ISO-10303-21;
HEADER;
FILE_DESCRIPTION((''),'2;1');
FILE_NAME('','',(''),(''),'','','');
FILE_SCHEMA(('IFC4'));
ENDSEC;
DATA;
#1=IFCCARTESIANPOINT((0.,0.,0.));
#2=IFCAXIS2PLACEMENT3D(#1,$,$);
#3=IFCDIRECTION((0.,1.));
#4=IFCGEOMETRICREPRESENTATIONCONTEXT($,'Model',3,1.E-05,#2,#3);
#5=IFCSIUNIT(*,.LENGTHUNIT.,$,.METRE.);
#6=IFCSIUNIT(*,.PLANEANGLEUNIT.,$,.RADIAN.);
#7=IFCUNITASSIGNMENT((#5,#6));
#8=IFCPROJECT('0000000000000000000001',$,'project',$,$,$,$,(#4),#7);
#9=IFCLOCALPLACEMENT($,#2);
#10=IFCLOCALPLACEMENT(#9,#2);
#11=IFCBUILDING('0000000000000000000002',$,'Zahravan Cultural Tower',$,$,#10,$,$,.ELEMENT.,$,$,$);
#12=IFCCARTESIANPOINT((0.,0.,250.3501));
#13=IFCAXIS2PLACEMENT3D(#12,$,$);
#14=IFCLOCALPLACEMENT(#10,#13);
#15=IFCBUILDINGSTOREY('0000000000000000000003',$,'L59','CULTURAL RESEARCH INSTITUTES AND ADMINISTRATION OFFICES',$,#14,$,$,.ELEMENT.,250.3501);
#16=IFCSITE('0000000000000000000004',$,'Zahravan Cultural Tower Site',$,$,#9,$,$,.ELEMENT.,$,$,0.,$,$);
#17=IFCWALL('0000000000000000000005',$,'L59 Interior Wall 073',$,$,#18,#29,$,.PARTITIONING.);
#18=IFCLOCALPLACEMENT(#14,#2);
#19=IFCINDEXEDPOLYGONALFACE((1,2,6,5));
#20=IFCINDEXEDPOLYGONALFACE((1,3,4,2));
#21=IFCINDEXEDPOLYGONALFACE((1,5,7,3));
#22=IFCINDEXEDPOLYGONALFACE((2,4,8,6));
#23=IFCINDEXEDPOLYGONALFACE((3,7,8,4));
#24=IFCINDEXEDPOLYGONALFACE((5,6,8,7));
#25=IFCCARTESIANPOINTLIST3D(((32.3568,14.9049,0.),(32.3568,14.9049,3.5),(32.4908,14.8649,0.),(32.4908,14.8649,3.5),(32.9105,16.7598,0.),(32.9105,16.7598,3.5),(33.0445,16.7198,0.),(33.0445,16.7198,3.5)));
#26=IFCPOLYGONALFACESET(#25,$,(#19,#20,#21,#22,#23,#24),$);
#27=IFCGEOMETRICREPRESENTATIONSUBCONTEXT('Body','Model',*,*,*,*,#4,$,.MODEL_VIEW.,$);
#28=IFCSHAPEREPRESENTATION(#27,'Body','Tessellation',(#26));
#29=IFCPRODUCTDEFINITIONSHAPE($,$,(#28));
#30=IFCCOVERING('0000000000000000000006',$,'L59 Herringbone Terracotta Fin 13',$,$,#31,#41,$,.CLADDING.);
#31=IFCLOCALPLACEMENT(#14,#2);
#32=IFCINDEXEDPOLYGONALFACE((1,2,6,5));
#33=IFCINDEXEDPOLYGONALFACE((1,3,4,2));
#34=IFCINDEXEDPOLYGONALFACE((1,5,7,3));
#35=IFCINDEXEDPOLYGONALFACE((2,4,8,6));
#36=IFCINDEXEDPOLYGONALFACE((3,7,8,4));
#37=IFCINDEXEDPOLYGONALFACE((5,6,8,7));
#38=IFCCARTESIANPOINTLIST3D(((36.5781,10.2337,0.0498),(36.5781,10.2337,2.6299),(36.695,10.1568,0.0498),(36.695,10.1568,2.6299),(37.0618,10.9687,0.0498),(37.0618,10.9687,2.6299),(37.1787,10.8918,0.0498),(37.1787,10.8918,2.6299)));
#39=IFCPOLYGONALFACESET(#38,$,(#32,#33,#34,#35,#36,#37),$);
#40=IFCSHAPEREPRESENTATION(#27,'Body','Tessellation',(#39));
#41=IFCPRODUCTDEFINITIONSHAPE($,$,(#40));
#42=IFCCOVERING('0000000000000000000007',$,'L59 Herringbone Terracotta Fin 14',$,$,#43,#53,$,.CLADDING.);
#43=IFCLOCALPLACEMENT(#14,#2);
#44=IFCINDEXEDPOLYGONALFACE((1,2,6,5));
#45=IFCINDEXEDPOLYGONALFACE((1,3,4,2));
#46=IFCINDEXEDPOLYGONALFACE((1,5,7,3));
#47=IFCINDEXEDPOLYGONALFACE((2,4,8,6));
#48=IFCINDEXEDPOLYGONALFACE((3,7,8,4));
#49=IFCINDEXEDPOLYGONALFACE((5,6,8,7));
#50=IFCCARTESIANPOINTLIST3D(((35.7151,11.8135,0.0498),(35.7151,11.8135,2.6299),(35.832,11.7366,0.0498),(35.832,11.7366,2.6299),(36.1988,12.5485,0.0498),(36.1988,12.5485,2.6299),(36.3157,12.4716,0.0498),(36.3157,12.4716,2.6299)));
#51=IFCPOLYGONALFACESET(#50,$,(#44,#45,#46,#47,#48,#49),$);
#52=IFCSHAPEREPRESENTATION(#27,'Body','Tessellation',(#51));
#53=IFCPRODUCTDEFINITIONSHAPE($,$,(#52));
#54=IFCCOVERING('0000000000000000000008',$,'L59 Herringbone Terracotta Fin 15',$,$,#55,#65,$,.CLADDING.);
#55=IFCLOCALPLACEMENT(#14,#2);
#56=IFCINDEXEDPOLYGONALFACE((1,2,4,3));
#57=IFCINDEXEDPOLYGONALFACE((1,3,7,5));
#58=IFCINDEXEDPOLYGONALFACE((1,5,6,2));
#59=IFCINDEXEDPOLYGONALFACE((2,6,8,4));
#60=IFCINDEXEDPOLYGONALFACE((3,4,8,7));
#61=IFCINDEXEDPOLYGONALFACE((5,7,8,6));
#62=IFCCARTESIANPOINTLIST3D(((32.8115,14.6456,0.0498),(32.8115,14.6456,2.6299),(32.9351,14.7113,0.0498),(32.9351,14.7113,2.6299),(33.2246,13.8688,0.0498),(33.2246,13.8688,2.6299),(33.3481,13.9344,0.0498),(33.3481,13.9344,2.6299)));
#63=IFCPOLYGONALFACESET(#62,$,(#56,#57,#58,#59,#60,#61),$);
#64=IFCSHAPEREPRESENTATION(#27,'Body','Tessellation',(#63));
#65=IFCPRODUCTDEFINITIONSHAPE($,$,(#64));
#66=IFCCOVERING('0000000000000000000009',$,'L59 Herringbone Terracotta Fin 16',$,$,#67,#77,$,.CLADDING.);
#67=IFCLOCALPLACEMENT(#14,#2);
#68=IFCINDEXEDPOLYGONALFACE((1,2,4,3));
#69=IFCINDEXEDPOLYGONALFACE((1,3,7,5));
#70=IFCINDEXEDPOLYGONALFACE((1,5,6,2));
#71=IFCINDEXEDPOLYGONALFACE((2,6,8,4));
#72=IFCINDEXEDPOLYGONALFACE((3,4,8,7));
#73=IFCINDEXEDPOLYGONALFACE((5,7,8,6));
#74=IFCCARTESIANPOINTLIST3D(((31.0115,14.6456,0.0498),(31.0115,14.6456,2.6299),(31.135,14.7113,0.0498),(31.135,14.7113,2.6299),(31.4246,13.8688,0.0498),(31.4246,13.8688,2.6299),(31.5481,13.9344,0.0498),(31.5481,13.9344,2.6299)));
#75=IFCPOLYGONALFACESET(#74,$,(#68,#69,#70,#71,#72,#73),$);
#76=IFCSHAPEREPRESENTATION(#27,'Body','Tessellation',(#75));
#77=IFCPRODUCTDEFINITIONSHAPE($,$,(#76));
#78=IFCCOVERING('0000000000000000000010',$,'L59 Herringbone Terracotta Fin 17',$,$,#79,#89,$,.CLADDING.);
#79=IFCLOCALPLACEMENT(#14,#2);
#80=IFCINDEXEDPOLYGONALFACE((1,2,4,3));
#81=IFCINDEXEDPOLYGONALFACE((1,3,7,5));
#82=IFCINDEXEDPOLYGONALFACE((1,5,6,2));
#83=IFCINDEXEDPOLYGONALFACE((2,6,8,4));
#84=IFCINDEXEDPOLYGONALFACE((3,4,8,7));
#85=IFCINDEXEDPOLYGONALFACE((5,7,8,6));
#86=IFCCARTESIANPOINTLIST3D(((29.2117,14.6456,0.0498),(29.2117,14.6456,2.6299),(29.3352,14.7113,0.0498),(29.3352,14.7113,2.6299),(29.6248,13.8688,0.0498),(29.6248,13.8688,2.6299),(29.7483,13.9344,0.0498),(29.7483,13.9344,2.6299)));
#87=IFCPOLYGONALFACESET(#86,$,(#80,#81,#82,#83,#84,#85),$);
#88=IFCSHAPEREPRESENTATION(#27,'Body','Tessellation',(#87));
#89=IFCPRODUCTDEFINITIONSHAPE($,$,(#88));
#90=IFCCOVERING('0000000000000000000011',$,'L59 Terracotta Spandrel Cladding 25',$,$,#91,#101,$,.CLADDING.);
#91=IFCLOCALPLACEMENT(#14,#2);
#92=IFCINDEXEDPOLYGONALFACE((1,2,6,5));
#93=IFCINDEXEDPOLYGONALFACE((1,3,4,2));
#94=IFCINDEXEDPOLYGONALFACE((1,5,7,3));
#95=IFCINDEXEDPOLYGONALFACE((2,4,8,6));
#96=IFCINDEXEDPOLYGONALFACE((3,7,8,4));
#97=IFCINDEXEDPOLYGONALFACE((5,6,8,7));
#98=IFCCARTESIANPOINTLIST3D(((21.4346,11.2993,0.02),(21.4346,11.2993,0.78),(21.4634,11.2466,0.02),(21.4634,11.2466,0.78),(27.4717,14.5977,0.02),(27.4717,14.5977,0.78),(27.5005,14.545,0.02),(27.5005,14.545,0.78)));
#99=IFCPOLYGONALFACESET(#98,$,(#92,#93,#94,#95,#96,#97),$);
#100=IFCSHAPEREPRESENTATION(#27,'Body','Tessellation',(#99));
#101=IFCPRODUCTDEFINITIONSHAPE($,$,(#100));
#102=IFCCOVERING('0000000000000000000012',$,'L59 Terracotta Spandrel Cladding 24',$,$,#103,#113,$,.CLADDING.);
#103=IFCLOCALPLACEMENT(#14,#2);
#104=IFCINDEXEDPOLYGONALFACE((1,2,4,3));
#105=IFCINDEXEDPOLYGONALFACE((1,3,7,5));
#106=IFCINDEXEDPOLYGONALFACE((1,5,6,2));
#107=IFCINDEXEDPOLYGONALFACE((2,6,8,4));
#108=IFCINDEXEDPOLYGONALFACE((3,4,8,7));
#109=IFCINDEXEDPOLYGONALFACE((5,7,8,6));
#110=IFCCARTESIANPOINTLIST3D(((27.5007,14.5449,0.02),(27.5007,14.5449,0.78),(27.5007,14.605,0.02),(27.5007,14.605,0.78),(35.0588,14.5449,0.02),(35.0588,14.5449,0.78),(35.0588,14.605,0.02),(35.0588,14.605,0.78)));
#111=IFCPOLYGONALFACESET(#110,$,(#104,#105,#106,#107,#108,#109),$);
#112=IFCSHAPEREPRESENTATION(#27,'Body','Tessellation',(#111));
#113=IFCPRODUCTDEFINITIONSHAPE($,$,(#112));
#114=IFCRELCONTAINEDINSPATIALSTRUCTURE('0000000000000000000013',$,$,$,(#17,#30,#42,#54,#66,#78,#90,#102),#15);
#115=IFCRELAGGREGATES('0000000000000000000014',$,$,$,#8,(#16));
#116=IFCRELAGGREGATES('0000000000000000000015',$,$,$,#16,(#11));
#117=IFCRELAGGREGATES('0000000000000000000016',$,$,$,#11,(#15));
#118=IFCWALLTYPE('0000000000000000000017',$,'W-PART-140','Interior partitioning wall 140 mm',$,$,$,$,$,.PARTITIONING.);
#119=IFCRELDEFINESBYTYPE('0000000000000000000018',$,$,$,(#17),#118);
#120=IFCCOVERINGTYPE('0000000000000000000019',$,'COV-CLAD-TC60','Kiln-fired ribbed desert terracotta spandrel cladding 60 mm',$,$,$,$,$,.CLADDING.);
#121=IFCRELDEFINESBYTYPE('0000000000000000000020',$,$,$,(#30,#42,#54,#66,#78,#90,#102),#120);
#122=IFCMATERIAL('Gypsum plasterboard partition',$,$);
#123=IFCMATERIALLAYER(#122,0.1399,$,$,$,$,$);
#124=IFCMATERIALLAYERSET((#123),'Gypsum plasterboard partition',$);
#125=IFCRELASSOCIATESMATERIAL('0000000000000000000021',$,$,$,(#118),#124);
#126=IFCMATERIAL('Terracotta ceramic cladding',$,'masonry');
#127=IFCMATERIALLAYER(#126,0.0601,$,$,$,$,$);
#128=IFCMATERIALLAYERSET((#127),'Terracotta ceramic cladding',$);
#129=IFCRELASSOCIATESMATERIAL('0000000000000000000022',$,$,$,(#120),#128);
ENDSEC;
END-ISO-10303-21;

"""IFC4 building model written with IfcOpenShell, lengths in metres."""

from ifc_helpers import new_model, si_unit, direction, frame, frame_2d, origin, origin_2d, place, context, subcontext, project, spatial, rectangle, extrude, source, transform, mapped, material, layer, layer_set, type_object, element, save


model = new_model("IFC4")

# Units and contexts
model_context = context("Model", 3, precision=1e-05, world=origin(), true_north=direction((0.0, 1.0)))
body_context = subcontext(model_context, "Body", "Model", "MODEL_VIEW")
ifc_project = project(units=[si_unit("LENGTHUNIT", "METRE"), si_unit("PLANEANGLEUNIT", "RADIAN")], contexts=[model_context])

# Site, building, storey
site_placement = place(None, origin())
site = spatial("IfcSite", under=ifc_project, at=site_placement, Name="Zahravan Cultural Tower Site", CompositionType="ELEMENT", RefElevation=0.0)
building_placement = place(site_placement, origin())
building = spatial("IfcBuilding", under=site, at=building_placement, Name="Zahravan Cultural Tower", CompositionType="ELEMENT")
storey_placement = place(building_placement, frame((0.0, 0.0, 250.3501)))
storey = spatial("IfcBuildingStorey", under=building, at=storey_placement, Name="L59", Description="CULTURAL RESEARCH INSTITUTES AND ADMINISTRATION OFFICES", CompositionType="ELEMENT", Elevation=250.3501)

# Shared definitions
ifc_material_1 = material(Name="Gypsum plasterboard partition")
ifc_layer_1 = layer(ifc_material_1, 0.1399)
ifc_layer_set_1 = layer_set([ifc_layer_1], Name="Gypsum plasterboard partition")
wall_type_1 = type_object("IfcWallType", Name="W-PART-140", Description="Interior partitioning wall 140 mm", PredefinedType="PARTITIONING", material=ifc_layer_set_1)

# Wall
shared_shape_1 = source(origin(), body_context, "Body", "SweptSolid", [
    extrude(rectangle(XDim=1.9358, YDim=0.1399, at=frame_2d((0.9678, 0.0))), origin(), (0.0, 0.0, 1.0), 3.5),
])
wall_1_placement = place(storey_placement, frame((32.4238, 14.885, 0.0), z_axis=(0.0, 0.0, 1.0), x_axis=(0.286029, 0.958221, 0.0)))
element("IfcWall", 1, at=wall_1_placement, inside=storey, type_object=wall_type_1, Name="L59 Interior Wall 073", PredefinedType="PARTITIONING", context=body_context, shape_type="MappedRepresentation", body=[
    mapped(shared_shape_1, transform((0.0, 0.0, 0.0), x_axis=(1.0, 0.0, 0.0), y_axis=(0.0, 1.0, 0.0), z_axis=(0.0, 0.0, 1.0), scale=1.0)),
])

# Coverings
ifc_material_2 = material(Name="Terracotta ceramic cladding", Category="masonry")
ifc_layer_2 = layer(ifc_material_2, 0.0601)
ifc_layer_set_2 = layer_set([ifc_layer_2], Name="Terracotta ceramic cladding")
covering_type = type_object("IfcCoveringType", Name="COV-CLAD-TC60", Description="Kiln-fired ribbed desert terracotta spandrel cladding 60 mm", PredefinedType="CLADDING", material=ifc_layer_set_2)
shared_shape_2 = source(origin(), body_context, "Body", "SweptSolid", [
    extrude(rectangle(XDim=0.8799, YDim=0.1399, at=origin_2d()), origin(), (0.0, 0.0, 1.0), 2.5801),
])
for number, where, z_axis, x_axis, name in (
    (2, (36.8784, 10.5627, 0.0498), (0.0, 0.0, 1.0), (-0.549752, -0.835328, 0.0), "L59 Herringbone Terracotta Fin 13"),
    (3, (36.0154, 12.1426, 0.0498), (0.0, 0.0, 1.0), (-0.549752, -0.835328, 0.0), "L59 Herringbone Terracotta Fin 14"),
    (4, (33.0798, 14.29, 0.0498), (0.0, 0.0, 1.0), (0.469472, -0.882948, 0.0), "L59 Herringbone Terracotta Fin 15"),
    (5, (31.2798, 14.29, 0.0498), (0.0, 0.0, 1.0), (0.469472, -0.882948, 0.0), "L59 Herringbone Terracotta Fin 16"),
    (6, (29.48, 14.29, 0.0498), (0.0, 0.0, 1.0), (0.469472, -0.882948, 0.0), "L59 Herringbone Terracotta Fin 17"),
):
    element("IfcCovering", number, at=place(storey_placement, frame(where, z_axis=z_axis, x_axis=x_axis)), inside=storey, type_object=covering_type, Name=name, PredefinedType="CLADDING", context=body_context, shape_type="MappedRepresentation", body=[
        mapped(shared_shape_2, transform((0.0, 0.0, 0.0), x_axis=(1.0, 0.0, 0.0), y_axis=(0.0, 1.0, 0.0), z_axis=(0.0, 0.0, 1.0), scale=1.0)),
    ])
shared_shape_3 = source(origin(), body_context, "Body", "SweptSolid", [
    extrude(rectangle(XDim=6.8794, YDim=0.0601, at=origin_2d()), origin(), (0.0, 0.0, 1.0), 0.76),
])
covering_1_placement = place(storey_placement, frame((24.4675, 12.9221, 0.02), z_axis=(0.0, 0.0, 1.0), x_axis=(-0.877565, -0.479458, 0.0)))
element("IfcCovering", 7, at=covering_1_placement, inside=storey, type_object=covering_type, Name="L59 Terracotta Spandrel Cladding 25", PredefinedType="CLADDING", context=body_context, shape_type="MappedRepresentation", body=[
    mapped(shared_shape_3, transform((0.0, 0.0, 0.0), x_axis=(1.0, 0.0, 0.0), y_axis=(0.0, 1.0, 0.0), z_axis=(0.0, 0.0, 1.0), scale=1.0)),
])
shared_shape_4 = source(origin(), body_context, "Body", "SweptSolid", [
    extrude(rectangle(XDim=7.5581, YDim=0.0601, at=origin_2d()), origin(), (0.0, 0.0, 1.0), 0.76),
])
covering_2_placement = place(storey_placement, frame((31.2798, 14.575, 0.02), z_axis=(0.0, 0.0, 1.0), x_axis=(-1.0, 0.0, 0.0)))
element("IfcCovering", 8, at=covering_2_placement, inside=storey, type_object=covering_type, Name="L59 Terracotta Spandrel Cladding 24", PredefinedType="CLADDING", context=body_context, shape_type="MappedRepresentation", body=[
    mapped(shared_shape_4, transform((0.0, 0.0, 0.0), x_axis=(1.0, 0.0, 0.0), y_axis=(0.0, 1.0, 0.0), z_axis=(0.0, 0.0, 1.0), scale=1.0)),
])

save(model, "model.ifc")
